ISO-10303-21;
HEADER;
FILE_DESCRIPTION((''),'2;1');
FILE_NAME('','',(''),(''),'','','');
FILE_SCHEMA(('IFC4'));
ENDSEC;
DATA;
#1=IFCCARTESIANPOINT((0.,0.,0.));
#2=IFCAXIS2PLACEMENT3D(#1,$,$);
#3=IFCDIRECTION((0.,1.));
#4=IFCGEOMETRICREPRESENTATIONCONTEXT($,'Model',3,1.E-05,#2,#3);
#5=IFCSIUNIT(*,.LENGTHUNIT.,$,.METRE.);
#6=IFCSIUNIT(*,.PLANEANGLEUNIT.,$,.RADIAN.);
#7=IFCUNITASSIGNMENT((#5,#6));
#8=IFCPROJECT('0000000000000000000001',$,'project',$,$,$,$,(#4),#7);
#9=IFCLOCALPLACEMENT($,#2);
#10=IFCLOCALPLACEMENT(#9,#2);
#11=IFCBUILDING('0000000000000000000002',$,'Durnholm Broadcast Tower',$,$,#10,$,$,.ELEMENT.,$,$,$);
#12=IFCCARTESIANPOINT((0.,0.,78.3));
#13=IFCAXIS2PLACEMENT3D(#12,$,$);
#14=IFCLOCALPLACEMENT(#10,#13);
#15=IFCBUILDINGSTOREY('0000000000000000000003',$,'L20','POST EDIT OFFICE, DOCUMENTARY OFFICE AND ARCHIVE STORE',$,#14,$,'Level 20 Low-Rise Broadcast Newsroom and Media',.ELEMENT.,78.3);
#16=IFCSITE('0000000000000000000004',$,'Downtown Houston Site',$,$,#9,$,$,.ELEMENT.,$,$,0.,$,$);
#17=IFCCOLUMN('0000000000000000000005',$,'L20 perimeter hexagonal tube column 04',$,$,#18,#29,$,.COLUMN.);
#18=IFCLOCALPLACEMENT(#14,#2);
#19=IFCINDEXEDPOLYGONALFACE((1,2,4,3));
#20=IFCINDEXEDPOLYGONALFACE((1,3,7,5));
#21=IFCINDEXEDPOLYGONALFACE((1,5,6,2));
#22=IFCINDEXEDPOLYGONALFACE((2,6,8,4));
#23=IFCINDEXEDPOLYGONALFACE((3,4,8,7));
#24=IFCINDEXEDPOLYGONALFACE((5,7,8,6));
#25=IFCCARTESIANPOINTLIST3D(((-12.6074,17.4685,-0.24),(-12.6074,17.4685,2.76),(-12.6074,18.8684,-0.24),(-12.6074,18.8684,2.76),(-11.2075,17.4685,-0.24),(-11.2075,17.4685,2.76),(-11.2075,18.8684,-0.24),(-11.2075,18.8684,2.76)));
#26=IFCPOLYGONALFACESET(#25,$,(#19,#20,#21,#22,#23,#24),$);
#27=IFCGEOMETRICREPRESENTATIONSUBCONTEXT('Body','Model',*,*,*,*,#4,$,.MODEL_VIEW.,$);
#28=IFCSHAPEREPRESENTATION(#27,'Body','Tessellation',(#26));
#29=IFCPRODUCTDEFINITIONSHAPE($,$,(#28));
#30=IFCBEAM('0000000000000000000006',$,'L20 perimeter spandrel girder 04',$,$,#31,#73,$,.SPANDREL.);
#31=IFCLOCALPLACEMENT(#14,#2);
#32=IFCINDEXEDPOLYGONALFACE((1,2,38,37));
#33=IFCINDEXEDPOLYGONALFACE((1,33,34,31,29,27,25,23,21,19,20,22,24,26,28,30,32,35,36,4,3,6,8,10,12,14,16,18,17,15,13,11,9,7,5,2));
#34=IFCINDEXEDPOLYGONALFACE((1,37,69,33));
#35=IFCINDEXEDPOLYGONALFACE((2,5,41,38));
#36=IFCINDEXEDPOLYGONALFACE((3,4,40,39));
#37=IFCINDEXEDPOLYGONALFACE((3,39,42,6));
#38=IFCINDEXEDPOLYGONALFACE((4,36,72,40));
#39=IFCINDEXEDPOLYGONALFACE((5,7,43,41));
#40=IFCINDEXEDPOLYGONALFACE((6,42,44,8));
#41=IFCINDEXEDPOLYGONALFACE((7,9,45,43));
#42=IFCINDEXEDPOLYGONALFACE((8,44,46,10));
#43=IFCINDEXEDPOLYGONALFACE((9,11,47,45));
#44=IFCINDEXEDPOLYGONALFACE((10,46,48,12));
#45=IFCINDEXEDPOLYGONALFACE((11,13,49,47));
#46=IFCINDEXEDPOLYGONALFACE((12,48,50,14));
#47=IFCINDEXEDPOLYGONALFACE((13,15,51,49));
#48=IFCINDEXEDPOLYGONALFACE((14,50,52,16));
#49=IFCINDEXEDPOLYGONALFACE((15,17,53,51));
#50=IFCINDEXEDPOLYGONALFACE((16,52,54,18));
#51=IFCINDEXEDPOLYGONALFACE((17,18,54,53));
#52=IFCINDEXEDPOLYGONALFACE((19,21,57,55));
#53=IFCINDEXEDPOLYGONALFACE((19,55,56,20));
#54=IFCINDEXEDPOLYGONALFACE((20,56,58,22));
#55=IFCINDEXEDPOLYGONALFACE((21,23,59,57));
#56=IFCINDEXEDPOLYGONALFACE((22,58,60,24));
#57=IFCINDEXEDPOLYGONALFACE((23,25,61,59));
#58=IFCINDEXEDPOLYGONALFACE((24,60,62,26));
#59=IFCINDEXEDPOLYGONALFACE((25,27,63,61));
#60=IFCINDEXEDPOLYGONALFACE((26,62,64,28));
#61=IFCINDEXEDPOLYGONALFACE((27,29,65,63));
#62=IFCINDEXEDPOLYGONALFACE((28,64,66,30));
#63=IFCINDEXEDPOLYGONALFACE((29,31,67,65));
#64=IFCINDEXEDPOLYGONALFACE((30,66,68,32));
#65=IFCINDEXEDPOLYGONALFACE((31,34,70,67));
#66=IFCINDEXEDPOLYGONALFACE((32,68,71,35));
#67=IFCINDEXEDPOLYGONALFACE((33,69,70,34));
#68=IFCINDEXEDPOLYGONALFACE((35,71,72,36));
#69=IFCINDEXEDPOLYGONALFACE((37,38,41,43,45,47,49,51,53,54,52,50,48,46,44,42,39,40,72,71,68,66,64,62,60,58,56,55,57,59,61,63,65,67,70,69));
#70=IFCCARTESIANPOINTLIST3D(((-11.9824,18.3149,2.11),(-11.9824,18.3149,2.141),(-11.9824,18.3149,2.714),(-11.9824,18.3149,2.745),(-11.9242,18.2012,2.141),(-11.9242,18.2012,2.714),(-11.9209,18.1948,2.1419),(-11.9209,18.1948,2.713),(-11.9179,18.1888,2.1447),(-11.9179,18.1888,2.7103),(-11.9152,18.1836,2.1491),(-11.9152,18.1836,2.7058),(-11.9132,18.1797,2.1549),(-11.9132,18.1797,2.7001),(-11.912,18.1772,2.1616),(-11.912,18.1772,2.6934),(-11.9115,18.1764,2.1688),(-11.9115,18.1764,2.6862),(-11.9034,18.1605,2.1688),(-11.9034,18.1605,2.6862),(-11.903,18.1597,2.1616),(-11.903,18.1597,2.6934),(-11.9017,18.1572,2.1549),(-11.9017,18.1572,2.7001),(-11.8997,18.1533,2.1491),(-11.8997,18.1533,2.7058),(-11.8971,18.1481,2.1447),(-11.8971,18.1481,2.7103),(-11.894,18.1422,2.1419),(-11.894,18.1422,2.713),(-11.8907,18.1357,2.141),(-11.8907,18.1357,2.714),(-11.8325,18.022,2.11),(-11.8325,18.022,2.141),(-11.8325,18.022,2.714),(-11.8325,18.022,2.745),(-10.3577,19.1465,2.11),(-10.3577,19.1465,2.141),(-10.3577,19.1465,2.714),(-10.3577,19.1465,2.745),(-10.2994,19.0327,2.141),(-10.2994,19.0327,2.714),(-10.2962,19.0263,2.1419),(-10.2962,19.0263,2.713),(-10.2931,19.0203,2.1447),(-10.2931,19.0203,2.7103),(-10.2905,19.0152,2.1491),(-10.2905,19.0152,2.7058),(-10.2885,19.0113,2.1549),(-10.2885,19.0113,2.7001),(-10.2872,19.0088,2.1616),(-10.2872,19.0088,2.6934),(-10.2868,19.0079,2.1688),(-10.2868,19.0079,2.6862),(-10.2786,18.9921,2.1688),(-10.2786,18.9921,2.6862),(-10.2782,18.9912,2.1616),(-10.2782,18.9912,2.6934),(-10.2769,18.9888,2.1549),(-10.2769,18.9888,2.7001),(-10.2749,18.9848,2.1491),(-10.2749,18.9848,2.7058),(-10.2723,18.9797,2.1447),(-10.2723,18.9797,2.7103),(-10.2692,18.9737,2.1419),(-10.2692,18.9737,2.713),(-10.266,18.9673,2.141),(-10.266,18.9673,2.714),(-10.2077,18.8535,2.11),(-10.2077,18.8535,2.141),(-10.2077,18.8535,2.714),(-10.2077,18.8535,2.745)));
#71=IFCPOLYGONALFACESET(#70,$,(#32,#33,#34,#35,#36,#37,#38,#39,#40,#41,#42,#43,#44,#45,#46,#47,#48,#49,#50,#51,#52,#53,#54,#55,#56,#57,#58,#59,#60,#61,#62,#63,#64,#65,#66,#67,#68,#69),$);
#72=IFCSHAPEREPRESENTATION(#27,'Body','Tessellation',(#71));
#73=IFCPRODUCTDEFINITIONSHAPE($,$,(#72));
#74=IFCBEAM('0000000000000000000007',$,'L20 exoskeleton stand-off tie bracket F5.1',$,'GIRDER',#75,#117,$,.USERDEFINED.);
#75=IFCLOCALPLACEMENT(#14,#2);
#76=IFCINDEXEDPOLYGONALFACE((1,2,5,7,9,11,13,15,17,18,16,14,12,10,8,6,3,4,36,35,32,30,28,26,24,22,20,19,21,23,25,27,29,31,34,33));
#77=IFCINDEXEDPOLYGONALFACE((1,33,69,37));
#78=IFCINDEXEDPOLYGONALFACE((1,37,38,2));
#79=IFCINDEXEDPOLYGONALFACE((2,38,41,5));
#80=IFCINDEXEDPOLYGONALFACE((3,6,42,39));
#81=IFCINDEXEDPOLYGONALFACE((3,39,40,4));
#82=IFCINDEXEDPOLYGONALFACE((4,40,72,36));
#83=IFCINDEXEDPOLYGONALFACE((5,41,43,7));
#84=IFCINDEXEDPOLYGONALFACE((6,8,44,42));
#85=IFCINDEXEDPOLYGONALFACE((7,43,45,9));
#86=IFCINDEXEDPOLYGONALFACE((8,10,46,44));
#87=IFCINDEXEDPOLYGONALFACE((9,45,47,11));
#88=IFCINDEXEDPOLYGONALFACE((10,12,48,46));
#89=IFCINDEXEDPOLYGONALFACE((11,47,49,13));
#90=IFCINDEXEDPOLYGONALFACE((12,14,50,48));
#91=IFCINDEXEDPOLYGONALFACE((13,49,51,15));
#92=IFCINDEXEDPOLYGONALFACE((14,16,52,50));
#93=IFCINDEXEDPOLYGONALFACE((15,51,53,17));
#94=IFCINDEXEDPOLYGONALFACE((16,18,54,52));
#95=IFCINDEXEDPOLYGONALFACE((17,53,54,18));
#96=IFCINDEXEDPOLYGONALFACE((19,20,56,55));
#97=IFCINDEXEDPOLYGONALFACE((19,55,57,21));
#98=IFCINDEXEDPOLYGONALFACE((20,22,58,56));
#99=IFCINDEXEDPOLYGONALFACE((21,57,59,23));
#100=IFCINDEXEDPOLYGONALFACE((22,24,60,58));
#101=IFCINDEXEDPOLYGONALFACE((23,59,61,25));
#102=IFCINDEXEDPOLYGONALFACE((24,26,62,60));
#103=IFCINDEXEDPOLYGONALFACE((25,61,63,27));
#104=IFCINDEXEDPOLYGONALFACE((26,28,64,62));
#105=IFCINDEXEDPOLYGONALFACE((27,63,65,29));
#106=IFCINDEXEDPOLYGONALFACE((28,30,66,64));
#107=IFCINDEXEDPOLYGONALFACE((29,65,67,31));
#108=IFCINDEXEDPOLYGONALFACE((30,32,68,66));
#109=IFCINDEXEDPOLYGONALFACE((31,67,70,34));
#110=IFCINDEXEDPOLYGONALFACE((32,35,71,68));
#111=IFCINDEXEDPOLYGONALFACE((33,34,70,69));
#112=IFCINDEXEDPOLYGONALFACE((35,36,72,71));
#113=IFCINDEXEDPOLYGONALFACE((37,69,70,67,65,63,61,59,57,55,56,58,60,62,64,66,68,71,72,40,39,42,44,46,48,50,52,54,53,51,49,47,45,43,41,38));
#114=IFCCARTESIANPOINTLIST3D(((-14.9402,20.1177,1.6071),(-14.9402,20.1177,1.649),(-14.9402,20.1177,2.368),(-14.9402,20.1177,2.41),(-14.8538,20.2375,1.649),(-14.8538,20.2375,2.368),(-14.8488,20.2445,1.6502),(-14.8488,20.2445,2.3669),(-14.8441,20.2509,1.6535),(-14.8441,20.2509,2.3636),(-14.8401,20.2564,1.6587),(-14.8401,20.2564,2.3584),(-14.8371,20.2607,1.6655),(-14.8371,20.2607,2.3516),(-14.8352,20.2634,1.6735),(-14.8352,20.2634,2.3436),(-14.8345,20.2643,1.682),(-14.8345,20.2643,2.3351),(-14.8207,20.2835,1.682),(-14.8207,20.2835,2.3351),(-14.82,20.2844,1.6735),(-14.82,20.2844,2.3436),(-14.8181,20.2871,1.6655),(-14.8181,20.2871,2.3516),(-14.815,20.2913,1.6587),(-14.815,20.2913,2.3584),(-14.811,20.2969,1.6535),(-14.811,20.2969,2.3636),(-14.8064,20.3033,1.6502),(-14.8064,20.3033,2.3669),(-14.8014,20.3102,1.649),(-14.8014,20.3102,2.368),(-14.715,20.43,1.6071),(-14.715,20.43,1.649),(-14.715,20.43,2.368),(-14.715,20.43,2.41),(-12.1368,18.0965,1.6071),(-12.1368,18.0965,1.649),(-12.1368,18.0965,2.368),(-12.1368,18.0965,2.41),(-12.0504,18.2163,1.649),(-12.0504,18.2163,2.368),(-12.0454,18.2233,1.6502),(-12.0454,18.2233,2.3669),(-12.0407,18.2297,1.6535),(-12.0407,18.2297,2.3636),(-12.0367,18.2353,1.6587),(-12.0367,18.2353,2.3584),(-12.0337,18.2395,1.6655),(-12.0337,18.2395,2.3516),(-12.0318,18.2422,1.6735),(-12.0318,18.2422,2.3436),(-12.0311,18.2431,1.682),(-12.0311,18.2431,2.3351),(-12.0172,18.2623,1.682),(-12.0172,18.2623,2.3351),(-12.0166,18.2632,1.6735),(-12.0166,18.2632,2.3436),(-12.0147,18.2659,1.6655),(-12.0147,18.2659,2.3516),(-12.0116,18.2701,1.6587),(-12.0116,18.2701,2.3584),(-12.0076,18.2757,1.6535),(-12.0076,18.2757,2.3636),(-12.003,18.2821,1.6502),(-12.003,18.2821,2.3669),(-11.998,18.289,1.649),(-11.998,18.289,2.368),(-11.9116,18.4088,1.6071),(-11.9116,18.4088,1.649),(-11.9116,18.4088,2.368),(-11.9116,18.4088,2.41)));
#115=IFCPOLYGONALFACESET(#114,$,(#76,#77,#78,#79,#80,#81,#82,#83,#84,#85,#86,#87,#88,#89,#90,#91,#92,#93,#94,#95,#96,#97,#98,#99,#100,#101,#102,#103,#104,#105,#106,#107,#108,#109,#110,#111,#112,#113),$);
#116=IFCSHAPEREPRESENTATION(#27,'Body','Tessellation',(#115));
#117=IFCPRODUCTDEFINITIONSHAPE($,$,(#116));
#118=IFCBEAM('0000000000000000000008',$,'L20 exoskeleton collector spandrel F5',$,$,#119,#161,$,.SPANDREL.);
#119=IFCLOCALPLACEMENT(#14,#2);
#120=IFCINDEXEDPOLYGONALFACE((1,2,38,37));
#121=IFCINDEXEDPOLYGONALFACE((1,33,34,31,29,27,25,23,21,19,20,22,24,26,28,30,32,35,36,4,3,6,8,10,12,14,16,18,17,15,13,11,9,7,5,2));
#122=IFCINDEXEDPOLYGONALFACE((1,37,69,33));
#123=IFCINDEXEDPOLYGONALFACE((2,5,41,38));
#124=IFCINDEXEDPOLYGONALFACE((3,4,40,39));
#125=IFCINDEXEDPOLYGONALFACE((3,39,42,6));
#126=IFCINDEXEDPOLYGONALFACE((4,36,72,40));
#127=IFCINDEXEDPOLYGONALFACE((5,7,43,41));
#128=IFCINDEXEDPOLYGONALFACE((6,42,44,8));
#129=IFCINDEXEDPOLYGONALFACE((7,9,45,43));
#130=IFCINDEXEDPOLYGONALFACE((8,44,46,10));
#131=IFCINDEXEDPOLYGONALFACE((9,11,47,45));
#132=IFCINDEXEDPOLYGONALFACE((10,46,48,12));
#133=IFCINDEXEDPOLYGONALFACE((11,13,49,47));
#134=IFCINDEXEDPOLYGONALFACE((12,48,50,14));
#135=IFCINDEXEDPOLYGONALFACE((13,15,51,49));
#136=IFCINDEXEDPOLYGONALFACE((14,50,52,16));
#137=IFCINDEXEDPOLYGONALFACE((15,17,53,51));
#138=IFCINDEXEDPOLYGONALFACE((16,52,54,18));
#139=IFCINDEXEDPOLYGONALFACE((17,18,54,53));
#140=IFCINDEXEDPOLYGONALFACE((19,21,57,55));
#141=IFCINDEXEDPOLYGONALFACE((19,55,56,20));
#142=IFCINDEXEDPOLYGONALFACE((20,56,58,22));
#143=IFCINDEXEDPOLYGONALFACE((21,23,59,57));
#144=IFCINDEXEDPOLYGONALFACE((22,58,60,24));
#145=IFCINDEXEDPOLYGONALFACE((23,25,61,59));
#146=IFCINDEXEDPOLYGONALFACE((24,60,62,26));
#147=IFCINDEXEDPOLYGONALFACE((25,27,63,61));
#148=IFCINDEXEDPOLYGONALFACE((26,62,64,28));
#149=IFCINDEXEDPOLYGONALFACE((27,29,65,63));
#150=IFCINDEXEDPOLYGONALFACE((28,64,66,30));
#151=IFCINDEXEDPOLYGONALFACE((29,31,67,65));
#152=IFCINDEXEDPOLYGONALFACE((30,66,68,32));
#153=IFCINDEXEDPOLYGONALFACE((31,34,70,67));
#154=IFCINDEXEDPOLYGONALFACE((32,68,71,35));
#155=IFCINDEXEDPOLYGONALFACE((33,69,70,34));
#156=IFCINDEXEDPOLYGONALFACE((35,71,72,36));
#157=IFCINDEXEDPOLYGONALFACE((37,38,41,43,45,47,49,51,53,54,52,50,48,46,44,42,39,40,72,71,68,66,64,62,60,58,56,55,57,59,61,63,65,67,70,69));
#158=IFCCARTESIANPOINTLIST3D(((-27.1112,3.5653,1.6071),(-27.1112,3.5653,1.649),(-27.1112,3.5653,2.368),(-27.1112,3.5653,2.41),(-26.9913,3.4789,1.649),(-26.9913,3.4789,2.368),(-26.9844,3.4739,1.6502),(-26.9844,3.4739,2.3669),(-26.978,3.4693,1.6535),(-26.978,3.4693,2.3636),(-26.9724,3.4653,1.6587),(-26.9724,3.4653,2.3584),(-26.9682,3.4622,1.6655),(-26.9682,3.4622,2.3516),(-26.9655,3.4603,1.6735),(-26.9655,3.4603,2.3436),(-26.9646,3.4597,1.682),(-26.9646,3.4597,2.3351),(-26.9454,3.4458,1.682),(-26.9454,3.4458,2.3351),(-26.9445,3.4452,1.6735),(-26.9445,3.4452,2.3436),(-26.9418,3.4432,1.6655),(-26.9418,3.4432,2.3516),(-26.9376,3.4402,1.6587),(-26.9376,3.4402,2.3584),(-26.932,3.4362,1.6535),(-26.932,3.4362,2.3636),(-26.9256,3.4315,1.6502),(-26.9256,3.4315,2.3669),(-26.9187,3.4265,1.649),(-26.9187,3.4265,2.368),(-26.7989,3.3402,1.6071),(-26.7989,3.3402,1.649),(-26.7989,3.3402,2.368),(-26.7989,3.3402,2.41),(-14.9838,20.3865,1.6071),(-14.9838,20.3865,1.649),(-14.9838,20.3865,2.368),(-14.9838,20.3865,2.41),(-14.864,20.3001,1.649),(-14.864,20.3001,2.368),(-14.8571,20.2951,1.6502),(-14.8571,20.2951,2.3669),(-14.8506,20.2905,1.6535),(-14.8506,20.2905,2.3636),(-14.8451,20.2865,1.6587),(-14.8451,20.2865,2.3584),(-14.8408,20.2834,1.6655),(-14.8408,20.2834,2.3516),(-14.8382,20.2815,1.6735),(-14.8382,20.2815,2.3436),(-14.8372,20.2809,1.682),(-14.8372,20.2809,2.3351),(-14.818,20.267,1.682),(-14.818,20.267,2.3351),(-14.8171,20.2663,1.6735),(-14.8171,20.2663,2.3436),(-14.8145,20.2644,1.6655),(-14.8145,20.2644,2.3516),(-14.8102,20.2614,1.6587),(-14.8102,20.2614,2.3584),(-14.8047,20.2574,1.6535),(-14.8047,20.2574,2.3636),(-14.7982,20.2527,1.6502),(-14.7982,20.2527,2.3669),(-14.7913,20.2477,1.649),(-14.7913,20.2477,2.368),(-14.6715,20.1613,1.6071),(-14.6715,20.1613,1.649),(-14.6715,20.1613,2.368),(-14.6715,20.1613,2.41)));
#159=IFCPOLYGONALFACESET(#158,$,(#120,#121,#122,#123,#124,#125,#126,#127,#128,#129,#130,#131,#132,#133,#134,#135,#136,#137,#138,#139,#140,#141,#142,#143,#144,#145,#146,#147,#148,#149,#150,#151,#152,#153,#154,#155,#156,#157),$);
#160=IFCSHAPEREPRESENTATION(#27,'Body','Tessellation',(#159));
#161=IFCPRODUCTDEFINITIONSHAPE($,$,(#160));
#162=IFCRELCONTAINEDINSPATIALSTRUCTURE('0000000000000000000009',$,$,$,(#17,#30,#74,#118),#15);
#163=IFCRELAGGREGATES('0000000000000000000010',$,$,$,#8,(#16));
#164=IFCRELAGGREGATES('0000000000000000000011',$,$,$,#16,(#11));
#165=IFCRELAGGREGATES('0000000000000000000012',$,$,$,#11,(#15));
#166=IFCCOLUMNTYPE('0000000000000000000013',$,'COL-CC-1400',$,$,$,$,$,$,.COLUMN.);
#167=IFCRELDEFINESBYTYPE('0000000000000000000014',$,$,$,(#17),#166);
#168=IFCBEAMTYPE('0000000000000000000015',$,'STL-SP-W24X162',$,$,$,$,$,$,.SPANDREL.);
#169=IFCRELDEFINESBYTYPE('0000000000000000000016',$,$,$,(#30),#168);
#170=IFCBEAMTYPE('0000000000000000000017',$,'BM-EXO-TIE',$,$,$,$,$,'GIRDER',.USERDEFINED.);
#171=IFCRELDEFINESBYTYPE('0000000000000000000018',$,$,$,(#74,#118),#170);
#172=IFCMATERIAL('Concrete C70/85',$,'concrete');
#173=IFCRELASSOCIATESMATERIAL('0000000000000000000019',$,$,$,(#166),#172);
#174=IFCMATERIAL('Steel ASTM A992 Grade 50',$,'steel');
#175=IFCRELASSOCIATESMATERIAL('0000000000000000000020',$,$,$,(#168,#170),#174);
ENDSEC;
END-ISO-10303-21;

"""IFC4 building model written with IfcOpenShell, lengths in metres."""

from ifc_helpers import new_model, si_unit, direction, frame, origin, origin_2d, place, context, subcontext, project, spatial, rectangle, i_section, extrude, source, transform, mapped, material, material_profile, profile_set, type_object, type_shapes, element, save


model = new_model("IFC4")

# Units and contexts
model_context = context("Model", 3, precision=1e-05, world=origin(), true_north=direction((0.0, 1.0)))
body_context = subcontext(model_context, "Body", "Model", "MODEL_VIEW")
ifc_project = project(units=[si_unit("LENGTHUNIT", "METRE"), si_unit("PLANEANGLEUNIT", "RADIAN")], contexts=[model_context])

# Site, building, storey
site_placement = place(None, origin())
site = spatial("IfcSite", under=ifc_project, at=site_placement, Name="Downtown Houston Site", CompositionType="ELEMENT", RefElevation=0.0)
building_placement = place(site_placement, origin())
building = spatial("IfcBuilding", under=site, at=building_placement, Name="Durnholm Broadcast Tower", CompositionType="ELEMENT")
storey_placement = place(building_placement, frame((0.0, 0.0, 78.3)))
storey = spatial("IfcBuildingStorey", under=building, at=storey_placement, Name="L20", Description="POST EDIT OFFICE, DOCUMENTARY OFFICE AND ARCHIVE STORE", LongName="Level 20 Low-Rise Broadcast Newsroom and Media", CompositionType="ELEMENT", Elevation=78.3)

# Column
ifc_material_1 = material(Name="Concrete C70/85", Category="concrete")
ifc_material_profile_1 = material_profile(ifc_material_1, rectangle(XDim=1.3999, YDim=1.3999, at=origin_2d()), Name="RC1400X1400")
ifc_profile_set_1 = profile_set([ifc_material_profile_1], Name="Concrete C70/85")
column_type = type_object("IfcColumnType", Name="COL-CC-1400", PredefinedType="COLUMN", material=ifc_profile_set_1)
shared_shape_1 = source(origin(), body_context, "Body", "SweptSolid", [
    extrude(rectangle(XDim=1.3999, YDim=1.3999, at=origin_2d()), origin(), (0.0, 0.0, 1.0), 3.0),
])
type_shapes(column_type, [shared_shape_1])
column_placement = place(storey_placement, frame((-11.9075, 18.1685, -0.24), z_axis=(0.0, 0.0, 1.0), x_axis=(1.0, 0.0, 0.0)))
element("IfcColumn", 1, at=column_placement, inside=storey, type_object=column_type, Name="L20 perimeter hexagonal tube column 04", PredefinedType="COLUMN", context=body_context, shape_type="MappedRepresentation", body=[
    mapped(shared_shape_1, transform((0.0, 0.0, 0.0), x_axis=(1.0, 0.0, 0.0), y_axis=(0.0, 1.0, 0.0), z_axis=(0.0, 0.0, 1.0), scale=1.0)),
])

# Beams
ifc_material_2 = material(Name="Steel ASTM A992 Grade 50", Category="steel")
ifc_material_profile_2 = material_profile(ifc_material_2, i_section(OverallWidth=0.3291, OverallDepth=0.635, WebThickness=0.0178, FlangeThickness=0.031, FilletRadius=0.0278, at=origin_2d()), Name="W24X162")
ifc_profile_set_2 = profile_set([ifc_material_profile_2], Name="Steel ASTM A992 Grade 50")
beam_type_1 = type_object("IfcBeamType", Name="STL-SP-W24X162", PredefinedType="SPANDREL", material=ifc_profile_set_2)
shared_shape_2 = source(origin(), body_context, "Body", "SweptSolid", [
    extrude(i_section(OverallWidth=0.3291, OverallDepth=0.635, WebThickness=0.0178, FlangeThickness=0.031, FilletRadius=0.0278, at=origin_2d()), origin(), (0.0, 0.0, 1.0), 1.8252),
])
type_shapes(beam_type_1, [shared_shape_2])
beam_1_placement = place(storey_placement, frame((-11.9075, 18.1685, 2.4275), z_axis=(0.890188, 0.455594, 0.0), x_axis=(-0.455594, 0.890188, 0.0)))
element("IfcBeam", 2, at=beam_1_placement, inside=storey, type_object=beam_type_1, Name="L20 perimeter spandrel girder 04", PredefinedType="SPANDREL", context=body_context, shape_type="MappedRepresentation", body=[
    mapped(shared_shape_2, transform((0.0, 0.0, 0.0), x_axis=(1.0, 0.0, 0.0), y_axis=(0.0, 1.0, 0.0), z_axis=(0.0, 0.0, 1.0), scale=1.0)),
])
ifc_material_profile_3 = material_profile(ifc_material_2, i_section(OverallWidth=0.385, OverallDepth=0.803, WebThickness=0.0237, FlangeThickness=0.042, FilletRadius=0.033, at=origin_2d()), Name="W30X261")
ifc_profile_set_3 = profile_set([ifc_material_profile_3], Name="Steel ASTM A992 Grade 50")
beam_type_2 = type_object("IfcBeamType", Name="BM-EXO-TIE", ElementType="GIRDER", PredefinedType="USERDEFINED", material=ifc_profile_set_3)
shared_shape_3 = source(origin(), body_context, "Body", "SweptSolid", [
    extrude(i_section(OverallWidth=0.385, OverallDepth=0.803, WebThickness=0.0237, FlangeThickness=0.042, FilletRadius=0.033, at=origin_2d()), origin(), (0.0, 0.0, 1.0), 3.4561),
])
beam_2_placement = place(storey_placement, frame((-12.0242, 18.2527, 2.0085), z_axis=(-0.811158, 0.584828, 0.0), x_axis=(-0.584828, -0.811158, 0.0)))
element("IfcBeam", 3, at=beam_2_placement, inside=storey, type_object=beam_type_2, Name="L20 exoskeleton stand-off tie bracket F5.1", ObjectType="GIRDER", PredefinedType="USERDEFINED", context=body_context, shape_type="MappedRepresentation", body=[
    mapped(shared_shape_3, transform((0.0, 0.0, 0.0), x_axis=(1.0, 0.0, 0.0), y_axis=(0.0, 1.0, 0.0), z_axis=(0.0, 0.0, 1.0), scale=1.0)),
])
shared_shape_4 = source(origin(), body_context, "Body", "SweptSolid", [
    extrude(i_section(OverallWidth=0.385, OverallDepth=0.803, WebThickness=0.0237, FlangeThickness=0.042, FilletRadius=0.033, at=origin_2d()), origin(), (0.0, 0.0, 1.0), 20.7371),
])
type_shapes(beam_type_2, [shared_shape_3, shared_shape_4])
beam_3_placement = place(storey_placement, frame((-14.8276, 20.2739, 2.0085), z_axis=(-0.584816, -0.811166, 0.0), x_axis=(0.811166, -0.584816, 0.0)))
element("IfcBeam", 4, at=beam_3_placement, inside=storey, type_object=beam_type_2, Name="L20 exoskeleton collector spandrel F5", PredefinedType="SPANDREL", context=body_context, shape_type="MappedRepresentation", body=[
    mapped(shared_shape_4, transform((0.0, 0.0, 0.0), x_axis=(1.0, 0.0, 0.0), y_axis=(0.0, 1.0, 0.0), z_axis=(0.0, 0.0, 1.0), scale=1.0)),
])

save(model, "model.ifc")
